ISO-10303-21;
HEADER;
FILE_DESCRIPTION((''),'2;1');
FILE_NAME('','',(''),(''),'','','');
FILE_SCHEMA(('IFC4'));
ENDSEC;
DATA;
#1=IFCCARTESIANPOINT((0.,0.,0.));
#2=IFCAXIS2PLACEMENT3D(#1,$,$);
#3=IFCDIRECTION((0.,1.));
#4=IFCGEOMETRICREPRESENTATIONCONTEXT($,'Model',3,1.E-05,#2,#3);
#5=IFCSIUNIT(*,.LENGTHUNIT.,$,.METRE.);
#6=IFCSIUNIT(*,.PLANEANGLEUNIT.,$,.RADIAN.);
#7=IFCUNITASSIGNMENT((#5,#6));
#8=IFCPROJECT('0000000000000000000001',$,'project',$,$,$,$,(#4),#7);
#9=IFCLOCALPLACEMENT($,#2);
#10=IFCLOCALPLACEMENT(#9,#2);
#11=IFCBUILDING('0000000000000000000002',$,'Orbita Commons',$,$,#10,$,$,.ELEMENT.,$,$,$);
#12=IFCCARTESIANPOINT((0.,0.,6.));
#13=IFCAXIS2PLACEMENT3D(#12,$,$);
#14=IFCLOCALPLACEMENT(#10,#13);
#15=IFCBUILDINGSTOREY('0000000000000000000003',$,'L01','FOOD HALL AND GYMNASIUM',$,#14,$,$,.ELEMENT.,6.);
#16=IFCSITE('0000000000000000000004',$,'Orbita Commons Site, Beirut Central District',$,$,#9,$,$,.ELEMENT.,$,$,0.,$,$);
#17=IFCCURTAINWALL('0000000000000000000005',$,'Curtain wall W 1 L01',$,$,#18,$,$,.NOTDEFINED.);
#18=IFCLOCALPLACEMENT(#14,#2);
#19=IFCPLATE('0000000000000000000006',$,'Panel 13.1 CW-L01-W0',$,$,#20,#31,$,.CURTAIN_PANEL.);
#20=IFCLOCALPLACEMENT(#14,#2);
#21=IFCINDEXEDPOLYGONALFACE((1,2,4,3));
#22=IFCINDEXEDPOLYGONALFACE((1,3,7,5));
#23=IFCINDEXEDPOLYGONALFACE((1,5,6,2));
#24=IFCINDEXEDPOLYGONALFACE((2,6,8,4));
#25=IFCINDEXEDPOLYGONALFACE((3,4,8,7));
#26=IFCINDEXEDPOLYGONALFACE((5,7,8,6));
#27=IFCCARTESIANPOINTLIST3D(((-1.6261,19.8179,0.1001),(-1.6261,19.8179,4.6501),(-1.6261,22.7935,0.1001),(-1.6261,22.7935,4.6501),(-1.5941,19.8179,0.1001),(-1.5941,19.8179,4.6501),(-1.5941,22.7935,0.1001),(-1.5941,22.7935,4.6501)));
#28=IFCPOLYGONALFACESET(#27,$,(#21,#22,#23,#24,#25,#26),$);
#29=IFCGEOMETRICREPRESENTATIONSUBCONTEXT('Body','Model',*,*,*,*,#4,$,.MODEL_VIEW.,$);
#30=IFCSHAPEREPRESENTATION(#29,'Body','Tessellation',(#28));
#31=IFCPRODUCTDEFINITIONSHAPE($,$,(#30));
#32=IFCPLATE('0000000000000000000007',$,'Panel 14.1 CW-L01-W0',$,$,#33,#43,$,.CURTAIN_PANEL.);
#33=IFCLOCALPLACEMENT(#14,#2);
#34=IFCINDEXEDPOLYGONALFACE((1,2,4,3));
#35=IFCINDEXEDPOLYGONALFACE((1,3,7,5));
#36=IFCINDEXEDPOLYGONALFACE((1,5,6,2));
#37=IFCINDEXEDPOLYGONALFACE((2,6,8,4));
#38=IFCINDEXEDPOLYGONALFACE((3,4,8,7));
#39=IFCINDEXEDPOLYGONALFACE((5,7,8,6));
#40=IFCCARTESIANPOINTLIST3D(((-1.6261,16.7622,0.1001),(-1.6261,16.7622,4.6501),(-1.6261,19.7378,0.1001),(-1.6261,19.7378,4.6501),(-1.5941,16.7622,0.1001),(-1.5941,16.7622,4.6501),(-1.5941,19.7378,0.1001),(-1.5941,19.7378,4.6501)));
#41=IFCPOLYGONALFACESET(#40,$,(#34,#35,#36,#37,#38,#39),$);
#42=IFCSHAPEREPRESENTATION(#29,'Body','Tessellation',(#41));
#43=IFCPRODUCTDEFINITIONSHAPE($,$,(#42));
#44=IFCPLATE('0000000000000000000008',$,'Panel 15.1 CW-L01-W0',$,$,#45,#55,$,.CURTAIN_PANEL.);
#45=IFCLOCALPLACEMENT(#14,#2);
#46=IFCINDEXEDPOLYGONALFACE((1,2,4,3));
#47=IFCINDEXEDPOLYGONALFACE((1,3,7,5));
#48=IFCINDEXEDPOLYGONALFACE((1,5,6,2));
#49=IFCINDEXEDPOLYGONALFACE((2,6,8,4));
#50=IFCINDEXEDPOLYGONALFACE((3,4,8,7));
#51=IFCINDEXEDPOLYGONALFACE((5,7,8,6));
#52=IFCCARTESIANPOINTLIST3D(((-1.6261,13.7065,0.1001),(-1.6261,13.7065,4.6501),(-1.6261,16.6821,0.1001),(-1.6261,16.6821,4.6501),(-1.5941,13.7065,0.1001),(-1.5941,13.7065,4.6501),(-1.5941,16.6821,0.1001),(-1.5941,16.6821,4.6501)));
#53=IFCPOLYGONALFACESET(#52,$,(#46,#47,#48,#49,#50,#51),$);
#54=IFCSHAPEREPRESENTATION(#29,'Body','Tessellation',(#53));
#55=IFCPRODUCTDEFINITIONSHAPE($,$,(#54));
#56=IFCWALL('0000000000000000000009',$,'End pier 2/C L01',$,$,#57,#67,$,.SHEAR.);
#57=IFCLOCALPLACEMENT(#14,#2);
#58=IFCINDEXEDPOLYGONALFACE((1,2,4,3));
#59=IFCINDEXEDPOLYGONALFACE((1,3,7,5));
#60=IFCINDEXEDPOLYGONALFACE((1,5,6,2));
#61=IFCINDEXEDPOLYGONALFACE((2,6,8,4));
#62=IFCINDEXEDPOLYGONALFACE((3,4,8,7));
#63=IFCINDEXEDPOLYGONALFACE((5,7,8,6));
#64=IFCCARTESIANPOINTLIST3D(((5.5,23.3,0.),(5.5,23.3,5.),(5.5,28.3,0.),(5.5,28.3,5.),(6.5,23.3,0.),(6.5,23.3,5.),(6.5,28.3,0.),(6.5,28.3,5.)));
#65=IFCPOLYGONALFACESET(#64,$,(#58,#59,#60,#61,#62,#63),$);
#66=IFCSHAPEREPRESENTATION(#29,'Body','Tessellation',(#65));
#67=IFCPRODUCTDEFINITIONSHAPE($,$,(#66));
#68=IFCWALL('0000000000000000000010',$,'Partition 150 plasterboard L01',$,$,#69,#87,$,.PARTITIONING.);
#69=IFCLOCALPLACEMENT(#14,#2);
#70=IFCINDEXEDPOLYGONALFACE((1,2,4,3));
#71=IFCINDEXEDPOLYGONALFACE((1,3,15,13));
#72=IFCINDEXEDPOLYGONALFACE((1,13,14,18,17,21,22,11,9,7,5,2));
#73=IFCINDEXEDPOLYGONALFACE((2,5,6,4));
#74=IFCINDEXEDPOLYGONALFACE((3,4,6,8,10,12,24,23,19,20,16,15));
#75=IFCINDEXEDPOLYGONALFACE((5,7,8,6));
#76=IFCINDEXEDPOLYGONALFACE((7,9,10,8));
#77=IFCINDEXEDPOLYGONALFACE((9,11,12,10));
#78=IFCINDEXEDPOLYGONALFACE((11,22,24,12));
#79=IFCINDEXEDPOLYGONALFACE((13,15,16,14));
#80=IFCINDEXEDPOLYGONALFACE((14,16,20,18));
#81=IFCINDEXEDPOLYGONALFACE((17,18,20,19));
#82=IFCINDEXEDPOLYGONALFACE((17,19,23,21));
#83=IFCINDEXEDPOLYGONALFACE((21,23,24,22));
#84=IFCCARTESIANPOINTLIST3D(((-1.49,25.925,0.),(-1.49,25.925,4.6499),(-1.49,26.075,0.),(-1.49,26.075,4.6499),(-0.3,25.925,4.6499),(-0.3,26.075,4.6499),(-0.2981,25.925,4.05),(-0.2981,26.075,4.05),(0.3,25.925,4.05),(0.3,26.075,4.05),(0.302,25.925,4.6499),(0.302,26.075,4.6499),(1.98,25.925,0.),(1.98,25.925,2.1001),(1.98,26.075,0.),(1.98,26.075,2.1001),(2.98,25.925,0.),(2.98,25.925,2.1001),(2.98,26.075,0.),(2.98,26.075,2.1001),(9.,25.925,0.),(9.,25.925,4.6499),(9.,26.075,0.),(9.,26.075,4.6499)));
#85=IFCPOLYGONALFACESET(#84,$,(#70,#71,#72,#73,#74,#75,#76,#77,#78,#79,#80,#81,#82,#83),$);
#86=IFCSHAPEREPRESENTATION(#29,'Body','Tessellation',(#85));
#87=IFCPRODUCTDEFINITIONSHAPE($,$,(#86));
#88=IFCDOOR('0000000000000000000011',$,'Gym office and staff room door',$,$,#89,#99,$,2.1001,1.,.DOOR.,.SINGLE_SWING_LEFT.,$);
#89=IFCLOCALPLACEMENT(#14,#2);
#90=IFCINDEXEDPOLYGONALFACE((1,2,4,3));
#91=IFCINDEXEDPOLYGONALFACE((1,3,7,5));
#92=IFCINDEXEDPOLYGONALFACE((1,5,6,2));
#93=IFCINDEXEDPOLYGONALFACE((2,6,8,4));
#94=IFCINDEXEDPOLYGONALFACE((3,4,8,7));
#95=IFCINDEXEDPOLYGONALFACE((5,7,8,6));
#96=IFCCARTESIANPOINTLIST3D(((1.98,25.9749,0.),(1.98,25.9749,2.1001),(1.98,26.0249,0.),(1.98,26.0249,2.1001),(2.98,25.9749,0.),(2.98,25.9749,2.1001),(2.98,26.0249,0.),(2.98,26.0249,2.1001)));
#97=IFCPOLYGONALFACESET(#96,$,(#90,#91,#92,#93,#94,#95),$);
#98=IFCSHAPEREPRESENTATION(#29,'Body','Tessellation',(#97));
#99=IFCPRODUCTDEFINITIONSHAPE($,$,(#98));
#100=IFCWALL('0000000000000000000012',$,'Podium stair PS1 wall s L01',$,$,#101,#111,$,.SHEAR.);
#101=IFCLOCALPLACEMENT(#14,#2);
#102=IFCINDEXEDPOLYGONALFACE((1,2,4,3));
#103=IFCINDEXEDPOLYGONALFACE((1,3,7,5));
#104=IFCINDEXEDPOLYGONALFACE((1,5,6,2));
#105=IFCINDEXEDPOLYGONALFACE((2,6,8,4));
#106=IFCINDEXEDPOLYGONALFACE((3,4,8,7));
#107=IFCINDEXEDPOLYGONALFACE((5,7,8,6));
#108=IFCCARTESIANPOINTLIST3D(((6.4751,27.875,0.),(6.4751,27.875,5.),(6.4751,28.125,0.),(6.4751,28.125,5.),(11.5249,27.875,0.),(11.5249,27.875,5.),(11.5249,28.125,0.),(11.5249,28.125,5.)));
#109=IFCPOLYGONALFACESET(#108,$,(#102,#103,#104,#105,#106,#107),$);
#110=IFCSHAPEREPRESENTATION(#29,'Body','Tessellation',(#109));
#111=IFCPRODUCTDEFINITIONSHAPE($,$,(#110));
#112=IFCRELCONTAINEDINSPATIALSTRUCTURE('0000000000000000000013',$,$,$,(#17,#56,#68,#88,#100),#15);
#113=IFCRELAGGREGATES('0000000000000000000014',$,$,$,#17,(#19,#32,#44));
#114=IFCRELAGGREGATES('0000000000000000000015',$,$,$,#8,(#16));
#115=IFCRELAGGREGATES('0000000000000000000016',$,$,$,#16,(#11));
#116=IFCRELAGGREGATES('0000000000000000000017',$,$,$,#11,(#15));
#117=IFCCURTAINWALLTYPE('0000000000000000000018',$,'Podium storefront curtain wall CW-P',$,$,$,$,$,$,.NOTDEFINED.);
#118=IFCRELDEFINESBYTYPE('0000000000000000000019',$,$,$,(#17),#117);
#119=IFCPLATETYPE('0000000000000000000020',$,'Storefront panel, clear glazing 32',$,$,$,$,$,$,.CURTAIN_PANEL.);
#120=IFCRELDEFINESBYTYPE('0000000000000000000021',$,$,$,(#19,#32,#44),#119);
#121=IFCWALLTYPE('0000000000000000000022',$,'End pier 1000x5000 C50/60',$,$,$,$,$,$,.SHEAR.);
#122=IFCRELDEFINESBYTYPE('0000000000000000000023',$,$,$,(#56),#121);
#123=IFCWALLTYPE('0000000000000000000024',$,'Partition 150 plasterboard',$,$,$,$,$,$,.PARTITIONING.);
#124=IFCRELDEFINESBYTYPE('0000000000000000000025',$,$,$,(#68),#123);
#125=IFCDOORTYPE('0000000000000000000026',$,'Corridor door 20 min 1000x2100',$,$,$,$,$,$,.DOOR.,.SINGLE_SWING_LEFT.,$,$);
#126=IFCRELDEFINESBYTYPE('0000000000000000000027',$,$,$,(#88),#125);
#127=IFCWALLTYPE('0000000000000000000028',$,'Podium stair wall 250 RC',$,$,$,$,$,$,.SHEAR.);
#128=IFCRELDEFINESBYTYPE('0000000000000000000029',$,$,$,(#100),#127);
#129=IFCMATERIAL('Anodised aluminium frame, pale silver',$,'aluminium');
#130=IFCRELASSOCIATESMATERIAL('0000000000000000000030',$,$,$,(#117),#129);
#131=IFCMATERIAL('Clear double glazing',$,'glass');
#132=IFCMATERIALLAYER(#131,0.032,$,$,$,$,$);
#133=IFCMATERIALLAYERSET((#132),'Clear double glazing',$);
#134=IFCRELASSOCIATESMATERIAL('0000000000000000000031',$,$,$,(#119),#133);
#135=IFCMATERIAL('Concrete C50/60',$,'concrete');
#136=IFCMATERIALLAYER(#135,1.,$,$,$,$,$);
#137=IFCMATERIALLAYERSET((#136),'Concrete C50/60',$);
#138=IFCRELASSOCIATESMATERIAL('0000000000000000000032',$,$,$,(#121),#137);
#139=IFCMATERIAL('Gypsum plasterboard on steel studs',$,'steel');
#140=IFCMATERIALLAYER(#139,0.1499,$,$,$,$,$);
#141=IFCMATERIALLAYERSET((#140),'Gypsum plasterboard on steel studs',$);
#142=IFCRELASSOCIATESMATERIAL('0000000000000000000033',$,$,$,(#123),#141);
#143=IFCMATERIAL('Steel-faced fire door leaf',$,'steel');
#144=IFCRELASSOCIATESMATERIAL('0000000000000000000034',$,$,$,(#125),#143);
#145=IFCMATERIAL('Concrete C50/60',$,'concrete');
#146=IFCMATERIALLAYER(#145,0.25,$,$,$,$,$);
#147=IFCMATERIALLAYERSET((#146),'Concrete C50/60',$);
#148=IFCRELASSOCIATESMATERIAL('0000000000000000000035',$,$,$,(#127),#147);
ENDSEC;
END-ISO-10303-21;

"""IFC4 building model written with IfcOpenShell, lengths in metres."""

from ifc_helpers import new_model, si_unit, direction, frame, frame_2d, origin, origin_2d, place, context, subcontext, project, spatial, polyline, rectangle, outline, extrude, material, layer, layer_set, type_object, element, fill, aggregate, save


model = new_model("IFC4")

# Units and contexts
model_context = context("Model", 3, precision=1e-05, world=origin(), true_north=direction((0.0, 1.0)))
body_context = subcontext(model_context, "Body", "Model", "MODEL_VIEW")
ifc_project = project(units=[si_unit("LENGTHUNIT", "METRE"), si_unit("PLANEANGLEUNIT", "RADIAN")], contexts=[model_context])

# Site, building, storey
site_placement = place(None, origin())
site = spatial("IfcSite", under=ifc_project, at=site_placement, Name="Orbita Commons Site, Beirut Central District", CompositionType="ELEMENT", RefElevation=0.0)
building_placement = place(site_placement, origin())
building = spatial("IfcBuilding", under=site, at=building_placement, Name="Orbita Commons", CompositionType="ELEMENT")
storey_placement = place(building_placement, frame((0.0, 0.0, 6.0)))
storey = spatial("IfcBuildingStorey", under=building, at=storey_placement, Name="L01", Description="FOOD HALL AND GYMNASIUM", CompositionType="ELEMENT", Elevation=6.0)

# Curtain wall
ifc_material_1 = material(Name="Anodised aluminium frame, pale silver", Category="aluminium")
curtain_wall_type = type_object("IfcCurtainWallType", Name="Podium storefront curtain wall CW-P", PredefinedType="NOTDEFINED", material=ifc_material_1)
curtain_wall_placement = place(storey_placement, origin())
curtain_wall = element("IfcCurtainWall", 1, at=curtain_wall_placement, inside=storey, type_object=curtain_wall_type, Name="Curtain wall W 1 L01", PredefinedType="NOTDEFINED")

# Plates
ifc_material_2 = material(Name="Clear double glazing", Category="glass")
ifc_layer_1 = layer(ifc_material_2, 0.032)
ifc_layer_set_1 = layer_set([ifc_layer_1], Name="Clear double glazing")
plate_type = type_object("IfcPlateType", Name="Storefront panel, clear glazing 32", PredefinedType="CURTAIN_PANEL", material=ifc_layer_set_1)
plate_1_placement = place(storey_placement, frame((-1.6101, 21.3057, 0.1001), z_axis=(0.0, 0.0, 1.0), x_axis=(0.0, -1.0, 0.0)))
plate_1 = element("IfcPlate", 2, at=plate_1_placement, type_object=plate_type, Name="Panel 13.1 CW-L01-W0", PredefinedType="CURTAIN_PANEL", context=body_context, shape_type="SweptSolid", body=[
    extrude(rectangle(XDim=2.9756, YDim=0.032, at=origin_2d()), origin(), (0.0, 0.0, 1.0), 4.55),
])
plate_2_placement = place(storey_placement, frame((-1.6101, 18.25, 0.1001), z_axis=(0.0, 0.0, 1.0), x_axis=(0.0, -1.0, 0.0)))
plate_2 = element("IfcPlate", 3, at=plate_2_placement, type_object=plate_type, Name="Panel 14.1 CW-L01-W0", PredefinedType="CURTAIN_PANEL", context=body_context, shape_type="SweptSolid", body=[
    extrude(rectangle(XDim=2.9756, YDim=0.032, at=origin_2d()), origin(), (0.0, 0.0, 1.0), 4.55),
])
plate_3_placement = place(storey_placement, frame((-1.6101, 15.1943, 0.1001), z_axis=(0.0, 0.0, 1.0), x_axis=(0.0, -1.0, 0.0)))
plate_3 = element("IfcPlate", 4, at=plate_3_placement, type_object=plate_type, Name="Panel 15.1 CW-L01-W0", PredefinedType="CURTAIN_PANEL", context=body_context, shape_type="SweptSolid", body=[
    extrude(rectangle(XDim=2.9756, YDim=0.032, at=origin_2d()), origin(), (0.0, 0.0, 1.0), 4.55),
])
aggregate(curtain_wall, [plate_1, plate_2, plate_3])

# Wall
ifc_material_3 = material(Name="Concrete C50/60", Category="concrete")
ifc_layer_2 = layer(ifc_material_3, 1.0)
ifc_layer_set_2 = layer_set([ifc_layer_2], Name="Concrete C50/60")
wall_type_1 = type_object("IfcWallType", Name="End pier 1000x5000 C50/60", PredefinedType="SHEAR", material=ifc_layer_set_2)
wall_1_placement = place(storey_placement, frame((6.0, 23.3, 0.0), z_axis=(0.0, 0.0, 1.0), x_axis=(0.0, 1.0, 0.0)))
element("IfcWall", 5, at=wall_1_placement, inside=storey, type_object=wall_type_1, Name="End pier 2/C L01", PredefinedType="SHEAR", context=body_context, shape_type="SweptSolid", body=[
    extrude(rectangle(XDim=5.0, YDim=1.0, at=frame_2d((2.5, 0.0))), origin(), (0.0, 0.0, 1.0), 5.0),
])

# Wall, opening, door
ifc_material_4 = material(Name="Gypsum plasterboard on steel studs", Category="steel")
ifc_layer_3 = layer(ifc_material_4, 0.1499)
ifc_layer_set_3 = layer_set([ifc_layer_3], Name="Gypsum plasterboard on steel studs")
wall_type_2 = type_object("IfcWallType", Name="Partition 150 plasterboard", PredefinedType="PARTITIONING", material=ifc_layer_set_3)
wall_2_placement = place(storey_placement, frame((-1.49, 26.0, 0.0), z_axis=(0.0, 0.0, 1.0), x_axis=(1.0, 0.0, 0.0)))
wall_2 = element("IfcWall", 6, at=wall_2_placement, inside=storey, type_object=wall_type_2, Name="Partition 150 plasterboard L01", PredefinedType="PARTITIONING", context=body_context, shape_type="SweptSolid", body=[
    extrude(outline(polyline([(0.0, 0.0), (10.49, 0.0), (10.49, 4.6499), (1.792, 4.6499), (1.79, 4.05), (1.1919, 4.05), (1.1899, 4.6499), (0.0, 4.6499), (0.0, 0.0)])), frame((0.0, 0.075, 0.0), z_axis=(0.0, -1.0, 0.0), x_axis=(1.0, 0.0, 0.0)), (0.0, 0.0, 1.0), 0.1499),
])
opening_placement = place(wall_2_placement, frame((3.47, 0.0, 0.0)))
opening = element("IfcOpeningElement", 7, at=opening_placement, cuts=wall_2, PredefinedType="OPENING", context=body_context, shape_type="SweptSolid", body=[
    extrude(rectangle(XDim=1.0, YDim=2.1001, at=frame_2d((0.5, 1.05))), frame((0.0, 0.085, 0.0), z_axis=(0.0, -1.0, 0.0), x_axis=(1.0, 0.0, 0.0)), (0.0, 0.0, 1.0), 0.1699),
])
ifc_material_5 = material(Name="Steel-faced fire door leaf", Category="steel")
door_type = type_object("IfcDoorType", Name="Corridor door 20 min 1000x2100", OperationType="SINGLE_SWING_LEFT", PredefinedType="DOOR", material=ifc_material_5)
door_placement = place(opening_placement, origin())
door = element("IfcDoor", 8, at=door_placement, inside=storey, type_object=door_type, Name="Gym office and staff room door", OperationType="SINGLE_SWING_LEFT", OverallHeight=2.1001, OverallWidth=1.0, PredefinedType="DOOR", context=body_context, shape_type="SweptSolid", body=[
    extrude(rectangle(XDim=1.0, YDim=2.1001, at=frame_2d((0.5, 1.05))), frame((0.0, 0.0249, 0.0), z_axis=(0.0, -1.0, 0.0), x_axis=(1.0, 0.0, 0.0)), (0.0, 0.0, 1.0), 0.05),
])
fill(opening, door)

# Wall
ifc_material_6 = material(Name="Concrete C50/60", Category="concrete")
ifc_layer_4 = layer(ifc_material_6, 0.25)
ifc_layer_set_4 = layer_set([ifc_layer_4], Name="Concrete C50/60")
wall_type_3 = type_object("IfcWallType", Name="Podium stair wall 250 RC", PredefinedType="SHEAR", material=ifc_layer_set_4)
wall_3_placement = place(storey_placement, frame((6.4751, 28.0, 0.0), z_axis=(0.0, 0.0, 1.0), x_axis=(1.0, 0.0, 0.0)))
element("IfcWall", 9, at=wall_3_placement, inside=storey, type_object=wall_type_3, Name="Podium stair PS1 wall s L01", PredefinedType="SHEAR", context=body_context, shape_type="SweptSolid", body=[
    extrude(rectangle(XDim=5.0498, YDim=0.25, at=frame_2d((2.5249, 0.0))), origin(), (0.0, 0.0, 1.0), 5.0),
])

save(model, "model.ifc")
